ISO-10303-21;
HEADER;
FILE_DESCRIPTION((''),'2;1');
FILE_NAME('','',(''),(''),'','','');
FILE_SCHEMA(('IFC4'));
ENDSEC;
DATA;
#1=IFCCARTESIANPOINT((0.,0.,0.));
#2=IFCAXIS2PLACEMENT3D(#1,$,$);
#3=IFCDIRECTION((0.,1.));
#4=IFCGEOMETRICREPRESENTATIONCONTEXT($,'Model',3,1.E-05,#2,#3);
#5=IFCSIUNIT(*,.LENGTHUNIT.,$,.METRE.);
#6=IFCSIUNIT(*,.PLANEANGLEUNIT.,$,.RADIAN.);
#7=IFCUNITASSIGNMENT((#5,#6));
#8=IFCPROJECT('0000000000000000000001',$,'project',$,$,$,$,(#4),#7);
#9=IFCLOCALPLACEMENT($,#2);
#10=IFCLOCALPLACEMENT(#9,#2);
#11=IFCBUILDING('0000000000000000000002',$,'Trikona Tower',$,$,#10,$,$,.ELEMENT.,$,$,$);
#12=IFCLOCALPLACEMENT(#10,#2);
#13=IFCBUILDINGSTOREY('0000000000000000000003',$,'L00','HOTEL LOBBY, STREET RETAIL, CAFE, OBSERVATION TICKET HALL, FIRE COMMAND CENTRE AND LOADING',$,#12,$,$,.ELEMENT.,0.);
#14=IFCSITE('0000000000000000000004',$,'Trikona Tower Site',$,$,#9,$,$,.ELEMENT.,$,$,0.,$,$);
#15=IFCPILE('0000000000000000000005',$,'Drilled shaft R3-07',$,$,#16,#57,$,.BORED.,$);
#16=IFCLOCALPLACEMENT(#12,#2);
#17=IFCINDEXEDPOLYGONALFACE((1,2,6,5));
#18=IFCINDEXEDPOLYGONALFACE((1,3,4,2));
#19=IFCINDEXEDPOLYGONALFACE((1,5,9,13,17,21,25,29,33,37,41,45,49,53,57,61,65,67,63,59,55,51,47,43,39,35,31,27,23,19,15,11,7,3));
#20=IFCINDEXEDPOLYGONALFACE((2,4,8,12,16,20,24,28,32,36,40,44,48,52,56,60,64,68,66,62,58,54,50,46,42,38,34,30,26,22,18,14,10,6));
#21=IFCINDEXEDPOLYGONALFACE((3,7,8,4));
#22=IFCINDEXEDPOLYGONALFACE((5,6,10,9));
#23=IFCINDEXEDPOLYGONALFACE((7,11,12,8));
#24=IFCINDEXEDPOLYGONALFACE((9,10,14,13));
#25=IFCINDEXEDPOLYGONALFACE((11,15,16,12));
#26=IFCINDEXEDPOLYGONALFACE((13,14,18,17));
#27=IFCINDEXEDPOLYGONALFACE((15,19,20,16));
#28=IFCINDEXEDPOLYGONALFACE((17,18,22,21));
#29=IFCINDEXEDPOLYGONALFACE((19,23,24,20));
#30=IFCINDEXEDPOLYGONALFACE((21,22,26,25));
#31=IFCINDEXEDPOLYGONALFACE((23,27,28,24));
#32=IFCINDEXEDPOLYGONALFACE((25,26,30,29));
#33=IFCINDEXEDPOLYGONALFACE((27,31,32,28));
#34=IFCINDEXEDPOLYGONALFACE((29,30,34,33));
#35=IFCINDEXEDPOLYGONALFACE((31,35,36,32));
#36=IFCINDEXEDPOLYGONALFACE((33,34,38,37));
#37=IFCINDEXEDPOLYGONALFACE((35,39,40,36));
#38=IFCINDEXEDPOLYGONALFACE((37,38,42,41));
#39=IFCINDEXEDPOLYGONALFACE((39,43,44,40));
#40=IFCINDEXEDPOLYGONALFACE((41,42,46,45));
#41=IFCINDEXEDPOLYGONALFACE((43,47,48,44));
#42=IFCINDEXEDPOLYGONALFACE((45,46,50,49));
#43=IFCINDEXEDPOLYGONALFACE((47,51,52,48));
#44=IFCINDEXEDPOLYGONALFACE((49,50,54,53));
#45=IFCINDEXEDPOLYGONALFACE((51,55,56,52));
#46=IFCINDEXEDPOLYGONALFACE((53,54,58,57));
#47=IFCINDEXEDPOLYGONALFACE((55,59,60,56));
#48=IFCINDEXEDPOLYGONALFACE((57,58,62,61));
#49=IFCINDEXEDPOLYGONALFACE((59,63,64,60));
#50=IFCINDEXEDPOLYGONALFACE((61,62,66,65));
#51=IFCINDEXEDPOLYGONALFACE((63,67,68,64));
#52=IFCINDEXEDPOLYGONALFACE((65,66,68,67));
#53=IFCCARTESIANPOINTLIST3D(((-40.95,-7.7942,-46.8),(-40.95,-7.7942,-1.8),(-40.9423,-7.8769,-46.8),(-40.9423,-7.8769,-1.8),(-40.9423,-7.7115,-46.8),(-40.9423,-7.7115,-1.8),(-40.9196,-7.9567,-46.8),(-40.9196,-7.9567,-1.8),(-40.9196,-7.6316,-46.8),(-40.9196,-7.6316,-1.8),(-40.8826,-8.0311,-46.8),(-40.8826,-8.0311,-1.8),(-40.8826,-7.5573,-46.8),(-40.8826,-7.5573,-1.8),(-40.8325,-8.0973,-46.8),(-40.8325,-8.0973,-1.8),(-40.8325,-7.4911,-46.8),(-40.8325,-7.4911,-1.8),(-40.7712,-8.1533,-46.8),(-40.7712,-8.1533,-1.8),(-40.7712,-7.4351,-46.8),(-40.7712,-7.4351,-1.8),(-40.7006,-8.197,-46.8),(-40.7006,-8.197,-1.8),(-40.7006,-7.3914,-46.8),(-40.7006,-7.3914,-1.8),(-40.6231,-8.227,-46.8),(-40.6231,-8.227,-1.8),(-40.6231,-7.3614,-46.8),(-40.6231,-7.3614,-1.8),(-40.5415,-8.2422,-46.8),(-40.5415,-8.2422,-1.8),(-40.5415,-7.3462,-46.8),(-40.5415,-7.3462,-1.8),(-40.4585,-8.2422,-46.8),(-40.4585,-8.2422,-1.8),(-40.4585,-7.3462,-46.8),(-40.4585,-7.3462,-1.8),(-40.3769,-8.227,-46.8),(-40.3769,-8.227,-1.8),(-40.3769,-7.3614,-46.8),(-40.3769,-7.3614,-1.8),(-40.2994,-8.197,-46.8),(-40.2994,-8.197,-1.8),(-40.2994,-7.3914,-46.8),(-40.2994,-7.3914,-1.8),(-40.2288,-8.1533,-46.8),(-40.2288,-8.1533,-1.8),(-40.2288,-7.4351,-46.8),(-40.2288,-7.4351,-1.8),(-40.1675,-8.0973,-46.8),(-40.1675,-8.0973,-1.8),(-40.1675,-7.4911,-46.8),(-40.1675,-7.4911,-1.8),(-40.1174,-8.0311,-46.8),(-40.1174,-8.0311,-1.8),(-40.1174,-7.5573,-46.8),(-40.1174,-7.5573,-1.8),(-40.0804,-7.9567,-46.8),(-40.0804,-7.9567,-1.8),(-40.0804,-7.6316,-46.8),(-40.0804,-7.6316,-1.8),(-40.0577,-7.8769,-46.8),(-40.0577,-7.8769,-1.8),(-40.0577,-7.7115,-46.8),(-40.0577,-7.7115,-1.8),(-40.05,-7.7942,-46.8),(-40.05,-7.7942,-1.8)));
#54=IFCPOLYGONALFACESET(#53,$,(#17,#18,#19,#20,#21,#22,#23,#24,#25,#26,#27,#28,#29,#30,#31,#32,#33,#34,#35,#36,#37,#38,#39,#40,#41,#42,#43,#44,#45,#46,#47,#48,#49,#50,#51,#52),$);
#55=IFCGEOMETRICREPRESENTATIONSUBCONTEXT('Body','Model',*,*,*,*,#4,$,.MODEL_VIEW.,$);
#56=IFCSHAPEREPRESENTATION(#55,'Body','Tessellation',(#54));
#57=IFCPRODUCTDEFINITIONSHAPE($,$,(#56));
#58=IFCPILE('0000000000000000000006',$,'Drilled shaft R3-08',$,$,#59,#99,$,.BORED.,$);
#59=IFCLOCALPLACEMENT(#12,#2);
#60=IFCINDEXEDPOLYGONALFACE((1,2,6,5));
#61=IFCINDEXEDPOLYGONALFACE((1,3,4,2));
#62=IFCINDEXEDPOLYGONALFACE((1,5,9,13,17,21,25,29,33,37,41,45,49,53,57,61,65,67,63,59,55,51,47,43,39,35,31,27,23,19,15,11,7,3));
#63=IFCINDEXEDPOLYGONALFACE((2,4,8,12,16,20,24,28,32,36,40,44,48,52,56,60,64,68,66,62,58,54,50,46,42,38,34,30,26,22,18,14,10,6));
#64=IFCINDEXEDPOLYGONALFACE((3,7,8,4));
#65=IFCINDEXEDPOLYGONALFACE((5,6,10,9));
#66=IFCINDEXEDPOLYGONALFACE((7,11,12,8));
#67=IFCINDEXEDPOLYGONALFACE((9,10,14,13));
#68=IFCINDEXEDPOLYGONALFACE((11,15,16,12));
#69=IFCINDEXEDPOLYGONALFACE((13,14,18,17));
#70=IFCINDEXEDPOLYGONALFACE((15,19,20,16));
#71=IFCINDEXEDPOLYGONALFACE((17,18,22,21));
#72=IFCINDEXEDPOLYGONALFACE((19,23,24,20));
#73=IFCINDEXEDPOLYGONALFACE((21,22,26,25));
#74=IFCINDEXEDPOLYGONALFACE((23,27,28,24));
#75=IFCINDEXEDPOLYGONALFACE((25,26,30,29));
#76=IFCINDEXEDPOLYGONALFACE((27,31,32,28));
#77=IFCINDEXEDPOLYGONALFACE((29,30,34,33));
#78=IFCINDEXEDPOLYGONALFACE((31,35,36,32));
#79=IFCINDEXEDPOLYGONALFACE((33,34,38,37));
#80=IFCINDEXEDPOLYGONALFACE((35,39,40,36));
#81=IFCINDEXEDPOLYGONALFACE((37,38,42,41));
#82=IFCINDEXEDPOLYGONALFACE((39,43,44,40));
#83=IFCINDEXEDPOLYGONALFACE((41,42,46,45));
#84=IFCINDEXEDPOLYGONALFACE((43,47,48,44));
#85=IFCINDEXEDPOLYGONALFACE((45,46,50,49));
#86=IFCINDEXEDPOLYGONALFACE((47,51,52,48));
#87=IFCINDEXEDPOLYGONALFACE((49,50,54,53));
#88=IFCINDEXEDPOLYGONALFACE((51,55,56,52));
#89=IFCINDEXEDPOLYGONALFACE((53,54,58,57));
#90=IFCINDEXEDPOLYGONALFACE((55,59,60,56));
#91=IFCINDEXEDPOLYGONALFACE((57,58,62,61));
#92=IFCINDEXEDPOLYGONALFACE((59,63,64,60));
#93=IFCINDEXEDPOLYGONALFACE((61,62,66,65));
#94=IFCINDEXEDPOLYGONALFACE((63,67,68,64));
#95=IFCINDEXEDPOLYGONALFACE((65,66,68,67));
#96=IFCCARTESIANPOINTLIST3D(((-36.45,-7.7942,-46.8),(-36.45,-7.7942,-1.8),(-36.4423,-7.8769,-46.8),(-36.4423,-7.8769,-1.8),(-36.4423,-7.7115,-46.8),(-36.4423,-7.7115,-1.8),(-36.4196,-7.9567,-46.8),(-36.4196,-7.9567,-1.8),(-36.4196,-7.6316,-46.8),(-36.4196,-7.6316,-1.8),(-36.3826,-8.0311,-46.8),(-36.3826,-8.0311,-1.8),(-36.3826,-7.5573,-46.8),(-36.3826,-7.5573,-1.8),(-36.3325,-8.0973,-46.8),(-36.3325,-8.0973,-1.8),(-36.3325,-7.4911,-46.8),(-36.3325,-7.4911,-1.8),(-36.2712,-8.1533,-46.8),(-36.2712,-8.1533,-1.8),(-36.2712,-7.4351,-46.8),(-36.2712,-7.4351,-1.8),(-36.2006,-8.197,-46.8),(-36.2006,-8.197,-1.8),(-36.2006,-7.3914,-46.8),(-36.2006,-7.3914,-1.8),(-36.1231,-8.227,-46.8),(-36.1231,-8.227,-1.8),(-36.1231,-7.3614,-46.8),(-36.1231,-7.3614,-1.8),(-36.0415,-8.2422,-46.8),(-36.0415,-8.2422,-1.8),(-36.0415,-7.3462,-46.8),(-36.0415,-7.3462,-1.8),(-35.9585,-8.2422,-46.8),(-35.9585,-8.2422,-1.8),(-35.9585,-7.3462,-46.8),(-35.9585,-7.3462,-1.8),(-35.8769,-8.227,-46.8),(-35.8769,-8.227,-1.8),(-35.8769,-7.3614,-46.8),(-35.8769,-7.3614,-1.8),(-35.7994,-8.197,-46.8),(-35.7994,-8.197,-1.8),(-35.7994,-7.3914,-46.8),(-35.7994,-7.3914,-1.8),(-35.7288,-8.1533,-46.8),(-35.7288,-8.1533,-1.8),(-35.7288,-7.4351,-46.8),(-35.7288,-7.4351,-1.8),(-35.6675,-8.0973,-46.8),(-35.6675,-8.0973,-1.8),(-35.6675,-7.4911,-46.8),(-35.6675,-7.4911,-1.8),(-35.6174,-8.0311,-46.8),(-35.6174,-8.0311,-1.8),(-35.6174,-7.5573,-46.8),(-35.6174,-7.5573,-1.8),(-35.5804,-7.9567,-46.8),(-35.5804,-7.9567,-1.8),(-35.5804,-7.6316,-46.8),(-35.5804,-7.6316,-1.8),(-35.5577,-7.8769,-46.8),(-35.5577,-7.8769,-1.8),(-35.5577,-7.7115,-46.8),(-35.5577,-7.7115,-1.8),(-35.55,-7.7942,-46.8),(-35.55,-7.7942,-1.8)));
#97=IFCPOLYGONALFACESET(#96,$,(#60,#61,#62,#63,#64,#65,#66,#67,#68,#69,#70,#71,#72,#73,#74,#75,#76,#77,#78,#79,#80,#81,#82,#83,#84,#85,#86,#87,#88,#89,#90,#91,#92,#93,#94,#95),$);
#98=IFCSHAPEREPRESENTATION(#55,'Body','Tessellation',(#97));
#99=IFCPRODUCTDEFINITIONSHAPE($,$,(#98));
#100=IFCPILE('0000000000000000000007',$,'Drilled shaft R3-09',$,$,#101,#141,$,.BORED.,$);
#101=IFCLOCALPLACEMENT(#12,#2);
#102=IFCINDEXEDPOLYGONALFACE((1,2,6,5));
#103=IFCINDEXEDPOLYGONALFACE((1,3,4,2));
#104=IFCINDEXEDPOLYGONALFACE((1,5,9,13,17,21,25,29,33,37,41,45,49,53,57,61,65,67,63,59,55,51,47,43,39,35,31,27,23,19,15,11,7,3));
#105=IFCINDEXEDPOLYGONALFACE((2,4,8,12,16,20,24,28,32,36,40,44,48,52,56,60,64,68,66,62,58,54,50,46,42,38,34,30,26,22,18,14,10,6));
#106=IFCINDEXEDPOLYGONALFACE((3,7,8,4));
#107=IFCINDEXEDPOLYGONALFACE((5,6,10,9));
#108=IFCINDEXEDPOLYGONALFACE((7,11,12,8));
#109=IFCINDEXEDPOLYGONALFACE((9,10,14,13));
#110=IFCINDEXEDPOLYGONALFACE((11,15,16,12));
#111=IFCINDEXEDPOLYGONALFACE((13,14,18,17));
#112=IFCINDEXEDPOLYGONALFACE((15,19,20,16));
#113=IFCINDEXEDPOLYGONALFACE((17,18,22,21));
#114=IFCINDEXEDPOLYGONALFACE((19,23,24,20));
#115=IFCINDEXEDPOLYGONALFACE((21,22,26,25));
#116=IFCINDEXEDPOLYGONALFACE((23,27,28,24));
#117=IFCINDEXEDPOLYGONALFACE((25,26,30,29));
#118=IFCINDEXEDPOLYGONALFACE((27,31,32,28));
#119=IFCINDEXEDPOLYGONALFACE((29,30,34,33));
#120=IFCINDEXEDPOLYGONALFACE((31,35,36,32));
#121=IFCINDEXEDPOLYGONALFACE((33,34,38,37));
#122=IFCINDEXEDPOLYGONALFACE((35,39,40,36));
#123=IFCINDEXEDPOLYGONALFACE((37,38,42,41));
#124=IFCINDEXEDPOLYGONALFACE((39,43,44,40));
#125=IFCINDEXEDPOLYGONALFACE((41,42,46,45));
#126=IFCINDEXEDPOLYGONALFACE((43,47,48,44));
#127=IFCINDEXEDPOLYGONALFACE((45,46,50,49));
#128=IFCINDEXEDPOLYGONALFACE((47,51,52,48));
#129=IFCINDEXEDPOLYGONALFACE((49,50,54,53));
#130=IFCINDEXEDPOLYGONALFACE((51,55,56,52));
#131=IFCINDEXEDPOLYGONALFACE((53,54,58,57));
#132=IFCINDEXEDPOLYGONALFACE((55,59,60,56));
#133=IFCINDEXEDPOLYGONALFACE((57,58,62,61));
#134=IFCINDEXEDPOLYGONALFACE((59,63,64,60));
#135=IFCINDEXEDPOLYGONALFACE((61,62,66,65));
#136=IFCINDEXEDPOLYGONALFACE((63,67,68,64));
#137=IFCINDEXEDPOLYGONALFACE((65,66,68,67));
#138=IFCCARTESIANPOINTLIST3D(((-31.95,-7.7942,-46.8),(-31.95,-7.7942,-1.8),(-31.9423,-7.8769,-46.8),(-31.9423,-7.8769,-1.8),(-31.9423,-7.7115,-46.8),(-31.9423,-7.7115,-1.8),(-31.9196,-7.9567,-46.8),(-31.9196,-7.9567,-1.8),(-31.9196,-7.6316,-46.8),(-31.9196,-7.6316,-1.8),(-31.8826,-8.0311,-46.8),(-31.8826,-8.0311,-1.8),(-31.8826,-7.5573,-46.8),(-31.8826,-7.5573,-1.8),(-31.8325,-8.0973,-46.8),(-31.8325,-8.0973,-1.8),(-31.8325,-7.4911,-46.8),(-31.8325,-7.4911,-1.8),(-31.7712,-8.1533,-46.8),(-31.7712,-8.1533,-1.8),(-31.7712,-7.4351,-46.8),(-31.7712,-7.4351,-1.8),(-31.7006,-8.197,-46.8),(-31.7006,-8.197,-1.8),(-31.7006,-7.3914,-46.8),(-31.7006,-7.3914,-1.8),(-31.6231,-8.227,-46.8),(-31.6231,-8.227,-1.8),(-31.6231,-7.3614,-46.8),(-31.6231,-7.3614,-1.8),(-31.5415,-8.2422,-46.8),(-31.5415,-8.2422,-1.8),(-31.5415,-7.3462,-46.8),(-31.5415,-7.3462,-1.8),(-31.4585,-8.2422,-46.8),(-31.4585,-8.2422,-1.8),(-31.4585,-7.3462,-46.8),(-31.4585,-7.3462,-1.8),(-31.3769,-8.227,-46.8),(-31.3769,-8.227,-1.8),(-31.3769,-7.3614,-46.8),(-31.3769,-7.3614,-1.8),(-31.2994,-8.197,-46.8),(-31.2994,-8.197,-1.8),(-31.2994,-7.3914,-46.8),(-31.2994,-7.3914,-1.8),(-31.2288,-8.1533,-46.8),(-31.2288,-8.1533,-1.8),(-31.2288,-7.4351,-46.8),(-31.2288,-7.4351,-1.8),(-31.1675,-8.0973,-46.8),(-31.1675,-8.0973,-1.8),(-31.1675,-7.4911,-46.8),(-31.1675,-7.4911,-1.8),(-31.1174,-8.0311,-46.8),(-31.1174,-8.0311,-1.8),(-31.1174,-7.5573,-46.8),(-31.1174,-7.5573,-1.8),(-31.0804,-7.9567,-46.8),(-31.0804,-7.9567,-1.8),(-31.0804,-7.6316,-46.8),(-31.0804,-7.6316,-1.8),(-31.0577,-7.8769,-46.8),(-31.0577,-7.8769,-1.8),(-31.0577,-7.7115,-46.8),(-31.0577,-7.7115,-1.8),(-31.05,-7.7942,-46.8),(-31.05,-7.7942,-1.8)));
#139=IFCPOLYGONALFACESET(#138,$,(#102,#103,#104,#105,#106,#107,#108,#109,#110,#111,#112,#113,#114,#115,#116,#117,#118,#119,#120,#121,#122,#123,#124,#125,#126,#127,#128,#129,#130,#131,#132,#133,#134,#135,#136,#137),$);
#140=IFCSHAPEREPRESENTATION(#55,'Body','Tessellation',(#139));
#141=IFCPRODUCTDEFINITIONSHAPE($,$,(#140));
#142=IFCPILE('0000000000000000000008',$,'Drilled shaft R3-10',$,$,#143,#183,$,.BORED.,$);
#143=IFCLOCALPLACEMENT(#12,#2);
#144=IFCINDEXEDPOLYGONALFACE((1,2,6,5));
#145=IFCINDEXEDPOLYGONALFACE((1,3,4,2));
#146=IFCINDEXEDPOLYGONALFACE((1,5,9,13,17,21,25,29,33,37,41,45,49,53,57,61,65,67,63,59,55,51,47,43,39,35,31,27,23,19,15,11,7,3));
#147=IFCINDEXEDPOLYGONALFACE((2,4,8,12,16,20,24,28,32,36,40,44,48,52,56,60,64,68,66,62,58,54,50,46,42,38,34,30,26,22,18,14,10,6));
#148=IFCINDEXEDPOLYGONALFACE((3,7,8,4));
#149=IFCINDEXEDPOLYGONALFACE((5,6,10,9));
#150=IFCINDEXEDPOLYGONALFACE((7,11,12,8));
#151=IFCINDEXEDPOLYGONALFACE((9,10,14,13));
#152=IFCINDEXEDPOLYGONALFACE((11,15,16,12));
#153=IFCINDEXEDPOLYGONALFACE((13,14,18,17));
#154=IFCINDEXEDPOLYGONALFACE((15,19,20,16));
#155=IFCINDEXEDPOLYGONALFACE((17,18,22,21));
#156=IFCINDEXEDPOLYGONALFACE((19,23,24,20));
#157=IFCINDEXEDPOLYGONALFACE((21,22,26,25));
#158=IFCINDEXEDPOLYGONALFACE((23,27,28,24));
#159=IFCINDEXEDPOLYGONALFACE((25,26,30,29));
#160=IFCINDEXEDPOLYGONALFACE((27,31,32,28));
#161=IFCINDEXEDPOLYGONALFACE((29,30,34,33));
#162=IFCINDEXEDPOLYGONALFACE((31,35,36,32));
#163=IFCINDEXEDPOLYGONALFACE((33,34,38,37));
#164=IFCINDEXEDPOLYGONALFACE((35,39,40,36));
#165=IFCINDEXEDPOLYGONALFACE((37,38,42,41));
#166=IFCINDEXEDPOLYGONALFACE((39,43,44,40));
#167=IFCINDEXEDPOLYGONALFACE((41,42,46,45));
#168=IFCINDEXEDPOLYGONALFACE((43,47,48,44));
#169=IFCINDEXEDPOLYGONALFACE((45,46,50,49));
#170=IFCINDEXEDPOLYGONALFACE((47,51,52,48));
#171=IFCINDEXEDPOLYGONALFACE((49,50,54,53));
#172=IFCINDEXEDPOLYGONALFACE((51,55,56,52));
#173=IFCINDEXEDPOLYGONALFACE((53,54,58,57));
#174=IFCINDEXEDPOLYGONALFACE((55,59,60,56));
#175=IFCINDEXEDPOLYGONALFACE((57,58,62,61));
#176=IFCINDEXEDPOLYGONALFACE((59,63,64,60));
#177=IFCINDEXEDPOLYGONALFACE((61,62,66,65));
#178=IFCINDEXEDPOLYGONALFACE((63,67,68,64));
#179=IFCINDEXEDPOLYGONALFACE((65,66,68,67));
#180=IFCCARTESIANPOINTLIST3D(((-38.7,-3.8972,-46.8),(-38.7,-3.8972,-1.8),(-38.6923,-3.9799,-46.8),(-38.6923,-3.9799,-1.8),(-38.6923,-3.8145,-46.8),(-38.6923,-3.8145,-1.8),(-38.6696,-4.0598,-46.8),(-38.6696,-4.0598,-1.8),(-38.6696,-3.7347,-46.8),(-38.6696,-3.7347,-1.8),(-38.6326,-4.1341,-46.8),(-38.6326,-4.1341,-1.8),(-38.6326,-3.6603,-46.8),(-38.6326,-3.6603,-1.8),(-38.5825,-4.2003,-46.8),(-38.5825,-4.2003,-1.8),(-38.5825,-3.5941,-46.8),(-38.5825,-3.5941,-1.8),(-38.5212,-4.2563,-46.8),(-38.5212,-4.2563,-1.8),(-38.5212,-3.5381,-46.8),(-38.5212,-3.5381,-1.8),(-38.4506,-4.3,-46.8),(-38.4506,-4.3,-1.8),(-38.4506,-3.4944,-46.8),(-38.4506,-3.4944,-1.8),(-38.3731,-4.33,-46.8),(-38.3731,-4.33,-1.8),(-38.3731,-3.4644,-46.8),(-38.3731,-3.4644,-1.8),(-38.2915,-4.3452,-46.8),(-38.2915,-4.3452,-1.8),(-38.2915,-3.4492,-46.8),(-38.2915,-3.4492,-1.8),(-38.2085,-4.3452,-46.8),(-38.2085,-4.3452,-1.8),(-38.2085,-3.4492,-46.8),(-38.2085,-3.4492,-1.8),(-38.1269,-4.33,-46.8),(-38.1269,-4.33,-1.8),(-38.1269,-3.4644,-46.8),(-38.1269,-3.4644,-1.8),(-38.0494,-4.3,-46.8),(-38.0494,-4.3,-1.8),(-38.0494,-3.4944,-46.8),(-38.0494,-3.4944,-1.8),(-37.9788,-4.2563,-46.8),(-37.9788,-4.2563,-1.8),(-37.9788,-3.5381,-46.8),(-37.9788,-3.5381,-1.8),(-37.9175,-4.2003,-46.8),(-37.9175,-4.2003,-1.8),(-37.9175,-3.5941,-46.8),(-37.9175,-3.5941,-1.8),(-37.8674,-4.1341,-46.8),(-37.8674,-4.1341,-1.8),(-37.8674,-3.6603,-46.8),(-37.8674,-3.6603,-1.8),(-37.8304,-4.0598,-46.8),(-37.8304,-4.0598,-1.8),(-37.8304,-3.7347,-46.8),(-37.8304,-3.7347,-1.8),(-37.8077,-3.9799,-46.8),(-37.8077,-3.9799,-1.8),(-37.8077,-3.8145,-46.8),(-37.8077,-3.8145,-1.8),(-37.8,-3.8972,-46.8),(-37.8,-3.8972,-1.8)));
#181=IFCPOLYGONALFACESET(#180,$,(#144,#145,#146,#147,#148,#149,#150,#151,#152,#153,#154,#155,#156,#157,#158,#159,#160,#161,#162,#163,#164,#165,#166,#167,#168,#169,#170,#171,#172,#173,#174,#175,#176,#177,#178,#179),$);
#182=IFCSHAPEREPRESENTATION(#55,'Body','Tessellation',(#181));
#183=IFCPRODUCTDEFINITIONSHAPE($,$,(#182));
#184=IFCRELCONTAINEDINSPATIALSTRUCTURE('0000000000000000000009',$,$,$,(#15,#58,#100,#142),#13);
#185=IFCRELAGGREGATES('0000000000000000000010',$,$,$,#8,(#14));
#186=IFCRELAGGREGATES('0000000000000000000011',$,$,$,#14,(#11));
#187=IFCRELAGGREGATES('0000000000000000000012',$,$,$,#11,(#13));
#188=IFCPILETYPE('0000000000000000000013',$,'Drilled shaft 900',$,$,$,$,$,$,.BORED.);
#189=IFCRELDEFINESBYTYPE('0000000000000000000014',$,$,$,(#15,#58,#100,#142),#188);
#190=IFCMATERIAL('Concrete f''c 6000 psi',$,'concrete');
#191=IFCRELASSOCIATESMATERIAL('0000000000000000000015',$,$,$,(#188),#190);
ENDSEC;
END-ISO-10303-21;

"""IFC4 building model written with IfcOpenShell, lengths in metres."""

from ifc_helpers import new_model, si_unit, direction, frame, origin, origin_2d, place, context, subcontext, project, spatial, circle, extrude, material, type_object, element, save


model = new_model("IFC4")

# Units and contexts
model_context = context("Model", 3, precision=1e-05, world=origin(), true_north=direction((0.0, 1.0)))
body_context = subcontext(model_context, "Body", "Model", "MODEL_VIEW")
ifc_project = project(units=[si_unit("LENGTHUNIT", "METRE"), si_unit("PLANEANGLEUNIT", "RADIAN")], contexts=[model_context])

# Site, building, storey
site_placement = place(None, origin())
site = spatial("IfcSite", under=ifc_project, at=site_placement, Name="Trikona Tower Site", CompositionType="ELEMENT", RefElevation=0.0)
building_placement = place(site_placement, origin())
building = spatial("IfcBuilding", under=site, at=building_placement, Name="Trikona Tower", CompositionType="ELEMENT")
storey_placement = place(building_placement, origin())
storey = spatial("IfcBuildingStorey", under=building, at=storey_placement, Name="L00", Description="HOTEL LOBBY, STREET RETAIL, CAFE, OBSERVATION TICKET HALL, FIRE COMMAND CENTRE AND LOADING", CompositionType="ELEMENT", Elevation=0.0)

# Piles
ifc_material_1 = material(Name="Concrete f'c 6000 psi", Category="concrete")
pile_type = type_object("IfcPileType", Name="Drilled shaft 900", PredefinedType="BORED", material=ifc_material_1)
for number, where, z_axis, x_axis, name in (
    (1, (-40.5, -7.7942, -1.8), (0.0, 0.0, -1.0), (1.0, 0.0, 0.0), "Drilled shaft R3-07"),
    (2, (-36.0, -7.7942, -1.8), (0.0, 0.0, -1.0), (1.0, 0.0, 0.0), "Drilled shaft R3-08"),
    (3, (-31.5, -7.7942, -1.8), (0.0, 0.0, -1.0), (1.0, 0.0, 0.0), "Drilled shaft R3-09"),
    (4, (-38.25, -3.8972, -1.8), (0.0, 0.0, -1.0), (1.0, 0.0, 0.0), "Drilled shaft R3-10"),
):
    element("IfcPile", number, at=place(storey_placement, frame(where, z_axis=z_axis, x_axis=x_axis)), inside=storey, type_object=pile_type, Name=name, PredefinedType="BORED", context=body_context, shape_type="SweptSolid", body=[
        extrude(circle(Radius=0.45, at=origin_2d()), origin(), (0.0, 0.0, 1.0), 45.0),
    ])

save(model, "model.ifc")
